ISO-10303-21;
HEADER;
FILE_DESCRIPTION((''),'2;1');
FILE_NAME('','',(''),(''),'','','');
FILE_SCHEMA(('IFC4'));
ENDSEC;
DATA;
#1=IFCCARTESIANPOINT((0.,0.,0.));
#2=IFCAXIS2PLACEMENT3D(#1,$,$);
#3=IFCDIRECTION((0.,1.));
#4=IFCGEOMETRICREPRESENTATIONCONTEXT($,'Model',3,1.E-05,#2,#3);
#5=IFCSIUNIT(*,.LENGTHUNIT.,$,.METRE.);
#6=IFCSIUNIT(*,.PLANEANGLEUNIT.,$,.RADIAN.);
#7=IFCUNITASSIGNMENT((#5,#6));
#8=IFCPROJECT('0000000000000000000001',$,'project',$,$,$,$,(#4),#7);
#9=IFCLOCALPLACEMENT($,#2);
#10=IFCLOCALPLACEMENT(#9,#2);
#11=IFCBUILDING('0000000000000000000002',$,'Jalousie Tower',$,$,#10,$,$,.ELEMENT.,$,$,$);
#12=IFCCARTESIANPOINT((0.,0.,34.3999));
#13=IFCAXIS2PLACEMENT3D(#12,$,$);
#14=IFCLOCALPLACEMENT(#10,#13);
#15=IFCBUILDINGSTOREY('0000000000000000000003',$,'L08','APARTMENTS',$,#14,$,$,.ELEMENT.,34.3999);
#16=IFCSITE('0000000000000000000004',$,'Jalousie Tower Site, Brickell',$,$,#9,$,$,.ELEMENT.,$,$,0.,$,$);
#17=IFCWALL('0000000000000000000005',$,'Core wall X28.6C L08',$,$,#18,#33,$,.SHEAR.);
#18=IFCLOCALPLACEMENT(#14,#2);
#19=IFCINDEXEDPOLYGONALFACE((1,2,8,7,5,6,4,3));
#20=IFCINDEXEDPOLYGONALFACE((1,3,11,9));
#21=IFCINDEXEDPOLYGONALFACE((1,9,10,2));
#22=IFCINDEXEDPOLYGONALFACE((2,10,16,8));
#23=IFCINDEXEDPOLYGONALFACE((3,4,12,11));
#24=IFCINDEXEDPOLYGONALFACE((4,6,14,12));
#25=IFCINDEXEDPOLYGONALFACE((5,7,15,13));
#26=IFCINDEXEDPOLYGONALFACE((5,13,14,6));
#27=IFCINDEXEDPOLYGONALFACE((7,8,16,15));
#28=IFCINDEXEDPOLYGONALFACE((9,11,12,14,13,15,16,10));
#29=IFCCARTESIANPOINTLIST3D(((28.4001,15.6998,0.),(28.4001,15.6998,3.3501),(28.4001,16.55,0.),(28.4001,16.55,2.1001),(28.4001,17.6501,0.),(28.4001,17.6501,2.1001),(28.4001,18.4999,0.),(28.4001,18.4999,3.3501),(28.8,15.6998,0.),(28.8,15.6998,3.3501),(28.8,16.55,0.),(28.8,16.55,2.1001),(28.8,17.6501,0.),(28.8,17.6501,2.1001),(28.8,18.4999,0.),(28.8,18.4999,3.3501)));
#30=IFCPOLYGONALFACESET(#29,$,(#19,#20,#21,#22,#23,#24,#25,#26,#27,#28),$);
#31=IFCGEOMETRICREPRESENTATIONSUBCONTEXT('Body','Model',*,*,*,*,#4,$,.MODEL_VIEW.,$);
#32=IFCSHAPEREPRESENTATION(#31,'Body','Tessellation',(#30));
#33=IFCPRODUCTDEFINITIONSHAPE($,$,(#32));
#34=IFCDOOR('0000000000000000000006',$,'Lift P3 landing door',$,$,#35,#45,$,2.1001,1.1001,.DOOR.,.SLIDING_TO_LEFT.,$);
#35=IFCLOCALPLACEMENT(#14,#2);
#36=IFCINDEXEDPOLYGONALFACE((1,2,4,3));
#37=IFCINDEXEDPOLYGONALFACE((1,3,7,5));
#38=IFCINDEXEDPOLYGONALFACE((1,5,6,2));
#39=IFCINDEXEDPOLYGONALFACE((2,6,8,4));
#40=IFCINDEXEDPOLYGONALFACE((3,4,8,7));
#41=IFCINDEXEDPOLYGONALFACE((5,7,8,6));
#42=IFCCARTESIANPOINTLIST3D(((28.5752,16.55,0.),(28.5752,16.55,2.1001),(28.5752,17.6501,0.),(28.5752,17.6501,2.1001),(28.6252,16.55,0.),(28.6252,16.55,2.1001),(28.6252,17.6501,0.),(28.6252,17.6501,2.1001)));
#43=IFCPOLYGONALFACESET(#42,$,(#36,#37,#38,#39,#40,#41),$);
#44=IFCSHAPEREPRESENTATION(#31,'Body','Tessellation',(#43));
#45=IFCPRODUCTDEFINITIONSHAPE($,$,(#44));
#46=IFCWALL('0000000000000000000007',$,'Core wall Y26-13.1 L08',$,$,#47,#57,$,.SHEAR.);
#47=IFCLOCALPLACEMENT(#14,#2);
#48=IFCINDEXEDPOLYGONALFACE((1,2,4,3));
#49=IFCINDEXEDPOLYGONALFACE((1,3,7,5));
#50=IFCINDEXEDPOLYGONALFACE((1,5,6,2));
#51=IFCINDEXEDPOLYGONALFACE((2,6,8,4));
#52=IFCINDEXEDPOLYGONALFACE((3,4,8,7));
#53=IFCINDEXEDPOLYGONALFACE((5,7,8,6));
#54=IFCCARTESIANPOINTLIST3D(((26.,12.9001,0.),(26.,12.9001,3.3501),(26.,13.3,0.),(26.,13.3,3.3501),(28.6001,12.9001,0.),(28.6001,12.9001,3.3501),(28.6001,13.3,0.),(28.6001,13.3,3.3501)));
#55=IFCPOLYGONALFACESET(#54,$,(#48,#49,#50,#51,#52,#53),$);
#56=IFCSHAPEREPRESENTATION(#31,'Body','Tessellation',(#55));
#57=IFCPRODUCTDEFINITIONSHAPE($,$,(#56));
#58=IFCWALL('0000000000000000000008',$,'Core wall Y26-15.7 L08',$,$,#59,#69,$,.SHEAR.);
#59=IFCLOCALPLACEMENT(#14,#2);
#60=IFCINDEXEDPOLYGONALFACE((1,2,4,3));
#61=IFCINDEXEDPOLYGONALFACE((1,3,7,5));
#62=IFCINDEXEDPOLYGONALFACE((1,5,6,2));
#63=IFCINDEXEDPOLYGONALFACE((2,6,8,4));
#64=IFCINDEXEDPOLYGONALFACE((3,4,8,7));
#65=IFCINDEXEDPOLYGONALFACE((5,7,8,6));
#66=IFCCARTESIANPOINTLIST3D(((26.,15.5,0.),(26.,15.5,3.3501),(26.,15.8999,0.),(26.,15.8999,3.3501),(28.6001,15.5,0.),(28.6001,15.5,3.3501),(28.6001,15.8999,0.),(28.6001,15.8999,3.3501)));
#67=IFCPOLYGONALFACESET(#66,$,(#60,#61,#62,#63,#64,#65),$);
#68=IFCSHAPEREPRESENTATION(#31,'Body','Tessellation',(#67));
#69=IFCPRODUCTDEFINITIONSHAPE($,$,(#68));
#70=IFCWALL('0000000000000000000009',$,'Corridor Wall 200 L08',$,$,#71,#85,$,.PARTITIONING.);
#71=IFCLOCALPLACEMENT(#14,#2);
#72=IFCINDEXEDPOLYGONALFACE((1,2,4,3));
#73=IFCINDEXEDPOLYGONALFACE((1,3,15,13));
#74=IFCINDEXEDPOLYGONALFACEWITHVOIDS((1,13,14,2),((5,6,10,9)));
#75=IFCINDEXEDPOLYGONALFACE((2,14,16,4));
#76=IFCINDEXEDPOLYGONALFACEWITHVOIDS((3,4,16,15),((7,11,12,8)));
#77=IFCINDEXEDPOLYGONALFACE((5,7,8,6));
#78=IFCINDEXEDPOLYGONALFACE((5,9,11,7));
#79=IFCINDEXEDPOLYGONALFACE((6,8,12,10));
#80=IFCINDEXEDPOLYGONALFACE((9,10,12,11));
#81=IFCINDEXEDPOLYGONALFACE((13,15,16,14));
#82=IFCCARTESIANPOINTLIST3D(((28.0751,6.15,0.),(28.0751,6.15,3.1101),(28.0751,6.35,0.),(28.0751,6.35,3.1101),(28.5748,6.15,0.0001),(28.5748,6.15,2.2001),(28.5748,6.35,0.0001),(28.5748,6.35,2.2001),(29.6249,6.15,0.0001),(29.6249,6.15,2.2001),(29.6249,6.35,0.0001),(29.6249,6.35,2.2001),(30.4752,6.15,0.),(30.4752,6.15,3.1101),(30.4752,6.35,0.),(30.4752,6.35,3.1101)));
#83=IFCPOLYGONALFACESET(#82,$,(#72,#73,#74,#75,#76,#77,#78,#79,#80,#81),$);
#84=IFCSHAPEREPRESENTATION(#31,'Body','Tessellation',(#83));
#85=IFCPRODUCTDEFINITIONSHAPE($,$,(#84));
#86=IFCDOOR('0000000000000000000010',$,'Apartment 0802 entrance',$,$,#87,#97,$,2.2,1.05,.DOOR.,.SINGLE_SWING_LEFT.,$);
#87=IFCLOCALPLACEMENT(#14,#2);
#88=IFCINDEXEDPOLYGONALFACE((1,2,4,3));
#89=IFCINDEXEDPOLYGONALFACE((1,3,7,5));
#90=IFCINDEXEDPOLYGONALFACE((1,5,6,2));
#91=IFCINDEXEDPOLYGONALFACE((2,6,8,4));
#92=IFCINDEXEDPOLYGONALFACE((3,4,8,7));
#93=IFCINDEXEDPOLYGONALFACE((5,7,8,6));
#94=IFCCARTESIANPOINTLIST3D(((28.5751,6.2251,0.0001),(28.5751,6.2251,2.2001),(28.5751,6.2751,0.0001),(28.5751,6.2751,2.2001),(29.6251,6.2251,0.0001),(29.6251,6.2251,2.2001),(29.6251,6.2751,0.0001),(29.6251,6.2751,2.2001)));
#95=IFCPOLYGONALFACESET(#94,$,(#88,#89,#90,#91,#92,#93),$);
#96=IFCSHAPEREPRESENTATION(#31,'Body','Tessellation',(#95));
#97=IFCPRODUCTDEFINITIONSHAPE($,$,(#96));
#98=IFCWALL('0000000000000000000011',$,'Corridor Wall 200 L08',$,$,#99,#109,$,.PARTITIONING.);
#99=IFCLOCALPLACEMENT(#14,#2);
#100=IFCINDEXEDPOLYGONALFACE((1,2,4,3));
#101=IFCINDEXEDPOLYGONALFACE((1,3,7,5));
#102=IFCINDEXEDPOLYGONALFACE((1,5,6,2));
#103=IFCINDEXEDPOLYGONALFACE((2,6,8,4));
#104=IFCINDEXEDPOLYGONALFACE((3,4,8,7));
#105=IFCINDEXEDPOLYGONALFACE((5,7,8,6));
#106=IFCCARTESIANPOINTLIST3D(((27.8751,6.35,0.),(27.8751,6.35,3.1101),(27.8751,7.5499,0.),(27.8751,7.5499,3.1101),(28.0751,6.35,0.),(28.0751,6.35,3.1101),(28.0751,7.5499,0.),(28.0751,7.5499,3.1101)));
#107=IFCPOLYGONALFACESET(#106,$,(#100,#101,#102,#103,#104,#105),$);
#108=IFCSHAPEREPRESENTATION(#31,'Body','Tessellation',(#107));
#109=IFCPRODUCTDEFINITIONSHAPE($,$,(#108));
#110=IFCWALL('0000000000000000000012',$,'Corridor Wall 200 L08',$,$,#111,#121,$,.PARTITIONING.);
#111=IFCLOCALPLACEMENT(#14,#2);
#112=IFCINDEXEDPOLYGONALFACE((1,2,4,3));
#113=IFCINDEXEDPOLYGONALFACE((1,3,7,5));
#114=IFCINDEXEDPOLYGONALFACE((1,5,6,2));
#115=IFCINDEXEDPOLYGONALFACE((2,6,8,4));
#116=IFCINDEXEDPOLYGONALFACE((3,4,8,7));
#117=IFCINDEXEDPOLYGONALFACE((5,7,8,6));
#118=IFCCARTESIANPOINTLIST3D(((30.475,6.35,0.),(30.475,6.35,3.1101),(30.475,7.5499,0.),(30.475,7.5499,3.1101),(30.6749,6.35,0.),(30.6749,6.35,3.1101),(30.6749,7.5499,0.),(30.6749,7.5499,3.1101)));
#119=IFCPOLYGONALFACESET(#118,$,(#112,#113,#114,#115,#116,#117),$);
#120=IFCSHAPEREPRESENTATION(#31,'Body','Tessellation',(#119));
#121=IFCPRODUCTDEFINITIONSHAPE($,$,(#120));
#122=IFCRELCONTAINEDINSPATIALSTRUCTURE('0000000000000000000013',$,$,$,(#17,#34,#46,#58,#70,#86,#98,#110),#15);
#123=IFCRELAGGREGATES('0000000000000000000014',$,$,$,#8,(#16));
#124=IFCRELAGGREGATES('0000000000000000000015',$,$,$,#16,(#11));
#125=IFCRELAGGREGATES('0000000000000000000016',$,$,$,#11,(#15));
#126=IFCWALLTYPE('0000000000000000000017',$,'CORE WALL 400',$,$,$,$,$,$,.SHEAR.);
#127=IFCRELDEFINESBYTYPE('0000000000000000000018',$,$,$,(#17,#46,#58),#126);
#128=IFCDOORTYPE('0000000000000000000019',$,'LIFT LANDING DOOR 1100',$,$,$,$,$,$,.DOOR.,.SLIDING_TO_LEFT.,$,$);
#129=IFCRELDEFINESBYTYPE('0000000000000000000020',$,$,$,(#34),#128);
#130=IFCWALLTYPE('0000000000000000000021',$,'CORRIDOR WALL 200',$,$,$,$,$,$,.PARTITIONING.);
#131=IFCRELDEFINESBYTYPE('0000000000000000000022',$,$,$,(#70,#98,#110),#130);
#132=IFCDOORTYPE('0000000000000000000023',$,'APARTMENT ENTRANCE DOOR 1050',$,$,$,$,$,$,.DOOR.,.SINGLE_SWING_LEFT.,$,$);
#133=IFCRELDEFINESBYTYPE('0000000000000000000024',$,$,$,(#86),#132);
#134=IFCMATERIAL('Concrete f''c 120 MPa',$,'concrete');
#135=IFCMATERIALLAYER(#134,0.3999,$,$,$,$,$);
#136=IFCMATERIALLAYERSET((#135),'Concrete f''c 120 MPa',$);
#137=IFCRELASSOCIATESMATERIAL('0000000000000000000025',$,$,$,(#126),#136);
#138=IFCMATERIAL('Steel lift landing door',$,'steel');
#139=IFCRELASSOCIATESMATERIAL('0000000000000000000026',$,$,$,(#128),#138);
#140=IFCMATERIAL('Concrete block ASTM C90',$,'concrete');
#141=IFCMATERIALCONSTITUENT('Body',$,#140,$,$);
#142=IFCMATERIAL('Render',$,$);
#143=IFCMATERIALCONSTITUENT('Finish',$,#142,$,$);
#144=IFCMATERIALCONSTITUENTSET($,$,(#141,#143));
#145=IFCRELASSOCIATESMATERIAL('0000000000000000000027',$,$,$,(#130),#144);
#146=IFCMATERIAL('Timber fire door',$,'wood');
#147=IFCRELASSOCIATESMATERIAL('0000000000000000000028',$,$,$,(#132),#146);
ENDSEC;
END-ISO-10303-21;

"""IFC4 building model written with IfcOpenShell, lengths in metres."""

from ifc_helpers import new_model, si_unit, direction, frame, frame_2d, origin, place, context, subcontext, project, spatial, rectangle, extrude, material, layer, layer_set, constituent, constituent_set, type_object, element, fill, save


model = new_model("IFC4")

# Units and contexts
model_context = context("Model", 3, precision=1e-05, world=origin(), true_north=direction((0.0, 1.0)))
body_context = subcontext(model_context, "Body", "Model", "MODEL_VIEW")
ifc_project = project(units=[si_unit("LENGTHUNIT", "METRE"), si_unit("PLANEANGLEUNIT", "RADIAN")], contexts=[model_context])

# Site, building, storey
site_placement = place(None, origin())
site = spatial("IfcSite", under=ifc_project, at=site_placement, Name="Jalousie Tower Site, Brickell", CompositionType="ELEMENT", RefElevation=0.0)
building_placement = place(site_placement, origin())
building = spatial("IfcBuilding", under=site, at=building_placement, Name="Jalousie Tower", CompositionType="ELEMENT")
storey_placement = place(building_placement, frame((0.0, 0.0, 34.3999)))
storey = spatial("IfcBuildingStorey", under=building, at=storey_placement, Name="L08", Description="APARTMENTS", CompositionType="ELEMENT", Elevation=34.3999)

# Shared definitions
ifc_material_1 = material(Name="Concrete f'c 120 MPa", Category="concrete")
ifc_layer_1 = layer(ifc_material_1, 0.3999)
ifc_layer_set_1 = layer_set([ifc_layer_1], Name="Concrete f'c 120 MPa")
wall_type_1 = type_object("IfcWallType", Name="CORE WALL 400", PredefinedType="SHEAR", material=ifc_layer_set_1)

# Wall, opening, door
ifc_material_2 = material(Name="Steel lift landing door", Category="steel")
door_type_1 = type_object("IfcDoorType", Name="LIFT LANDING DOOR 1100", OperationType="SLIDING_TO_LEFT", PredefinedType="DOOR", material=ifc_material_2)
wall_1_placement = place(storey_placement, frame((28.6001, 15.7, 0.0), z_axis=(0.0, 0.0, 1.0), x_axis=(0.0, 1.0, 0.0)))
wall_1 = element("IfcWall", 1, at=wall_1_placement, inside=storey, type_object=wall_type_1, Name="Core wall X28.6C L08", PredefinedType="SHEAR", context=body_context, shape_type="SweptSolid", body=[
    extrude(rectangle(XDim=2.8, YDim=0.3999, at=frame_2d((1.3999, 0.0))), origin(), (0.0, 0.0, 1.0), 3.3501),
])
opening_1_placement = place(wall_1_placement, frame((0.8501, 0.0, 0.0)))
opening_1 = element("IfcOpeningElement", 2, at=opening_1_placement, cuts=wall_1, PredefinedType="OPENING", context=body_context, shape_type="SweptSolid", body=[
    extrude(rectangle(XDim=1.1001, YDim=2.1001, at=frame_2d((0.55, 1.05))), frame((0.0, 0.21, 0.0), z_axis=(0.0, -1.0, 0.0), x_axis=(1.0, 0.0, 0.0)), (0.0, 0.0, 1.0), 0.4199),
])
door_1_placement = place(opening_1_placement, origin())
door_1 = element("IfcDoor", 3, at=door_1_placement, inside=storey, type_object=door_type_1, Name="Lift P3 landing door", OperationType="SLIDING_TO_LEFT", OverallHeight=2.1001, OverallWidth=1.1001, PredefinedType="DOOR", context=body_context, shape_type="SweptSolid", body=[
    extrude(rectangle(XDim=1.1001, YDim=2.1001, at=frame_2d((0.55, 1.05))), frame((0.0, 0.0249, 0.0), z_axis=(0.0, -1.0, 0.0), x_axis=(1.0, 0.0, 0.0)), (0.0, 0.0, 1.0), 0.05),
])
fill(opening_1, door_1)

# Walls
for number, where, z_axis, x_axis, name in (
    (4, (26.0, 13.1001, 0.0), (0.0, 0.0, 1.0), (1.0, 0.0, 0.0), "Core wall Y26-13.1 L08"),
    (5, (26.0, 15.7, 0.0), (0.0, 0.0, 1.0), (1.0, 0.0, 0.0), "Core wall Y26-15.7 L08"),
):
    element("IfcWall", number, at=place(storey_placement, frame(where, z_axis=z_axis, x_axis=x_axis)), inside=storey, type_object=wall_type_1, Name=name, PredefinedType="SHEAR", context=body_context, shape_type="SweptSolid", body=[
        extrude(rectangle(XDim=2.6001, YDim=0.3999, at=frame_2d((1.3, 0.0))), origin(), (0.0, 0.0, 1.0), 3.3501),
    ])

# Wall, opening, door
ifc_material_3 = material(Name="Concrete block ASTM C90", Category="concrete")
ifc_constituent_1 = constituent(ifc_material_3, Name="Body")
ifc_material_4 = material(Name="Render")
ifc_constituent_2 = constituent(ifc_material_4, Name="Finish")
ifc_constituent_set_1 = constituent_set(constituents=[ifc_constituent_1, ifc_constituent_2])
wall_type_2 = type_object("IfcWallType", Name="CORRIDOR WALL 200", PredefinedType="PARTITIONING", material=ifc_constituent_set_1)
wall_2_placement = place(storey_placement, frame((28.075, 6.25, 0.0), z_axis=(0.0, 0.0, 1.0), x_axis=(1.0, 0.0, 0.0)))
wall_2 = element("IfcWall", 6, at=wall_2_placement, inside=storey, type_object=wall_type_2, Name="Corridor Wall 200 L08", PredefinedType="PARTITIONING", context=body_context, shape_type="SweptSolid", body=[
    extrude(rectangle(XDim=2.4001, YDim=0.2, at=frame_2d((1.2002, 0.0))), origin(), (0.0, 0.0, 1.0), 3.1101),
])
opening_2_placement = place(wall_2_placement, frame((0.5, 0.0, 0.0)))
opening_2 = element("IfcOpeningElement", 7, at=opening_2_placement, cuts=wall_2, PredefinedType="OPENING", context=body_context, shape_type="SweptSolid", body=[
    extrude(rectangle(XDim=1.05, YDim=2.2, at=frame_2d((0.5249, 1.1001))), frame((0.0, 0.1099, 0.0), z_axis=(0.0, -1.0, 0.0), x_axis=(1.0, 0.0, 0.0)), (0.0, 0.0, 1.0), 0.22),
])
ifc_material_5 = material(Name="Timber fire door", Category="wood")
door_type_2 = type_object("IfcDoorType", Name="APARTMENT ENTRANCE DOOR 1050", OperationType="SINGLE_SWING_LEFT", PredefinedType="DOOR", material=ifc_material_5)
door_2_placement = place(opening_2_placement, frame((1.05, 0.0, 0.0), z_axis=(0.0, 0.0, 1.0), x_axis=(-1.0, 0.0, 0.0)))
door_2 = element("IfcDoor", 8, at=door_2_placement, inside=storey, type_object=door_type_2, Name="Apartment 0802 entrance", OperationType="SINGLE_SWING_LEFT", OverallHeight=2.2, OverallWidth=1.05, PredefinedType="DOOR", context=body_context, shape_type="SweptSolid", body=[
    extrude(rectangle(XDim=1.05, YDim=2.2, at=frame_2d((0.5249, 1.1001))), frame((0.0, 0.0249, 0.0), z_axis=(0.0, -1.0, 0.0), x_axis=(1.0, 0.0, 0.0)), (0.0, 0.0, 1.0), 0.05),
])
fill(opening_2, door_2)

# Walls
for number, where, z_axis, x_axis, name in (
    (9, (27.9751, 7.55, 0.0), (0.0, 0.0, 1.0), (0.0, -1.0, 0.0), "Corridor Wall 200 L08"),
    (10, (30.575, 7.55, 0.0), (0.0, 0.0, 1.0), (0.0, -1.0, 0.0), "Corridor Wall 200 L08"),
):
    element("IfcWall", number, at=place(storey_placement, frame(where, z_axis=z_axis, x_axis=x_axis)), inside=storey, type_object=wall_type_2, Name=name, PredefinedType="PARTITIONING", context=body_context, shape_type="SweptSolid", body=[
        extrude(rectangle(XDim=1.2, YDim=0.2, at=frame_2d((0.6001, 0.0))), origin(), (0.0, 0.0, 1.0), 3.1101),
    ])

save(model, "model.ifc")
